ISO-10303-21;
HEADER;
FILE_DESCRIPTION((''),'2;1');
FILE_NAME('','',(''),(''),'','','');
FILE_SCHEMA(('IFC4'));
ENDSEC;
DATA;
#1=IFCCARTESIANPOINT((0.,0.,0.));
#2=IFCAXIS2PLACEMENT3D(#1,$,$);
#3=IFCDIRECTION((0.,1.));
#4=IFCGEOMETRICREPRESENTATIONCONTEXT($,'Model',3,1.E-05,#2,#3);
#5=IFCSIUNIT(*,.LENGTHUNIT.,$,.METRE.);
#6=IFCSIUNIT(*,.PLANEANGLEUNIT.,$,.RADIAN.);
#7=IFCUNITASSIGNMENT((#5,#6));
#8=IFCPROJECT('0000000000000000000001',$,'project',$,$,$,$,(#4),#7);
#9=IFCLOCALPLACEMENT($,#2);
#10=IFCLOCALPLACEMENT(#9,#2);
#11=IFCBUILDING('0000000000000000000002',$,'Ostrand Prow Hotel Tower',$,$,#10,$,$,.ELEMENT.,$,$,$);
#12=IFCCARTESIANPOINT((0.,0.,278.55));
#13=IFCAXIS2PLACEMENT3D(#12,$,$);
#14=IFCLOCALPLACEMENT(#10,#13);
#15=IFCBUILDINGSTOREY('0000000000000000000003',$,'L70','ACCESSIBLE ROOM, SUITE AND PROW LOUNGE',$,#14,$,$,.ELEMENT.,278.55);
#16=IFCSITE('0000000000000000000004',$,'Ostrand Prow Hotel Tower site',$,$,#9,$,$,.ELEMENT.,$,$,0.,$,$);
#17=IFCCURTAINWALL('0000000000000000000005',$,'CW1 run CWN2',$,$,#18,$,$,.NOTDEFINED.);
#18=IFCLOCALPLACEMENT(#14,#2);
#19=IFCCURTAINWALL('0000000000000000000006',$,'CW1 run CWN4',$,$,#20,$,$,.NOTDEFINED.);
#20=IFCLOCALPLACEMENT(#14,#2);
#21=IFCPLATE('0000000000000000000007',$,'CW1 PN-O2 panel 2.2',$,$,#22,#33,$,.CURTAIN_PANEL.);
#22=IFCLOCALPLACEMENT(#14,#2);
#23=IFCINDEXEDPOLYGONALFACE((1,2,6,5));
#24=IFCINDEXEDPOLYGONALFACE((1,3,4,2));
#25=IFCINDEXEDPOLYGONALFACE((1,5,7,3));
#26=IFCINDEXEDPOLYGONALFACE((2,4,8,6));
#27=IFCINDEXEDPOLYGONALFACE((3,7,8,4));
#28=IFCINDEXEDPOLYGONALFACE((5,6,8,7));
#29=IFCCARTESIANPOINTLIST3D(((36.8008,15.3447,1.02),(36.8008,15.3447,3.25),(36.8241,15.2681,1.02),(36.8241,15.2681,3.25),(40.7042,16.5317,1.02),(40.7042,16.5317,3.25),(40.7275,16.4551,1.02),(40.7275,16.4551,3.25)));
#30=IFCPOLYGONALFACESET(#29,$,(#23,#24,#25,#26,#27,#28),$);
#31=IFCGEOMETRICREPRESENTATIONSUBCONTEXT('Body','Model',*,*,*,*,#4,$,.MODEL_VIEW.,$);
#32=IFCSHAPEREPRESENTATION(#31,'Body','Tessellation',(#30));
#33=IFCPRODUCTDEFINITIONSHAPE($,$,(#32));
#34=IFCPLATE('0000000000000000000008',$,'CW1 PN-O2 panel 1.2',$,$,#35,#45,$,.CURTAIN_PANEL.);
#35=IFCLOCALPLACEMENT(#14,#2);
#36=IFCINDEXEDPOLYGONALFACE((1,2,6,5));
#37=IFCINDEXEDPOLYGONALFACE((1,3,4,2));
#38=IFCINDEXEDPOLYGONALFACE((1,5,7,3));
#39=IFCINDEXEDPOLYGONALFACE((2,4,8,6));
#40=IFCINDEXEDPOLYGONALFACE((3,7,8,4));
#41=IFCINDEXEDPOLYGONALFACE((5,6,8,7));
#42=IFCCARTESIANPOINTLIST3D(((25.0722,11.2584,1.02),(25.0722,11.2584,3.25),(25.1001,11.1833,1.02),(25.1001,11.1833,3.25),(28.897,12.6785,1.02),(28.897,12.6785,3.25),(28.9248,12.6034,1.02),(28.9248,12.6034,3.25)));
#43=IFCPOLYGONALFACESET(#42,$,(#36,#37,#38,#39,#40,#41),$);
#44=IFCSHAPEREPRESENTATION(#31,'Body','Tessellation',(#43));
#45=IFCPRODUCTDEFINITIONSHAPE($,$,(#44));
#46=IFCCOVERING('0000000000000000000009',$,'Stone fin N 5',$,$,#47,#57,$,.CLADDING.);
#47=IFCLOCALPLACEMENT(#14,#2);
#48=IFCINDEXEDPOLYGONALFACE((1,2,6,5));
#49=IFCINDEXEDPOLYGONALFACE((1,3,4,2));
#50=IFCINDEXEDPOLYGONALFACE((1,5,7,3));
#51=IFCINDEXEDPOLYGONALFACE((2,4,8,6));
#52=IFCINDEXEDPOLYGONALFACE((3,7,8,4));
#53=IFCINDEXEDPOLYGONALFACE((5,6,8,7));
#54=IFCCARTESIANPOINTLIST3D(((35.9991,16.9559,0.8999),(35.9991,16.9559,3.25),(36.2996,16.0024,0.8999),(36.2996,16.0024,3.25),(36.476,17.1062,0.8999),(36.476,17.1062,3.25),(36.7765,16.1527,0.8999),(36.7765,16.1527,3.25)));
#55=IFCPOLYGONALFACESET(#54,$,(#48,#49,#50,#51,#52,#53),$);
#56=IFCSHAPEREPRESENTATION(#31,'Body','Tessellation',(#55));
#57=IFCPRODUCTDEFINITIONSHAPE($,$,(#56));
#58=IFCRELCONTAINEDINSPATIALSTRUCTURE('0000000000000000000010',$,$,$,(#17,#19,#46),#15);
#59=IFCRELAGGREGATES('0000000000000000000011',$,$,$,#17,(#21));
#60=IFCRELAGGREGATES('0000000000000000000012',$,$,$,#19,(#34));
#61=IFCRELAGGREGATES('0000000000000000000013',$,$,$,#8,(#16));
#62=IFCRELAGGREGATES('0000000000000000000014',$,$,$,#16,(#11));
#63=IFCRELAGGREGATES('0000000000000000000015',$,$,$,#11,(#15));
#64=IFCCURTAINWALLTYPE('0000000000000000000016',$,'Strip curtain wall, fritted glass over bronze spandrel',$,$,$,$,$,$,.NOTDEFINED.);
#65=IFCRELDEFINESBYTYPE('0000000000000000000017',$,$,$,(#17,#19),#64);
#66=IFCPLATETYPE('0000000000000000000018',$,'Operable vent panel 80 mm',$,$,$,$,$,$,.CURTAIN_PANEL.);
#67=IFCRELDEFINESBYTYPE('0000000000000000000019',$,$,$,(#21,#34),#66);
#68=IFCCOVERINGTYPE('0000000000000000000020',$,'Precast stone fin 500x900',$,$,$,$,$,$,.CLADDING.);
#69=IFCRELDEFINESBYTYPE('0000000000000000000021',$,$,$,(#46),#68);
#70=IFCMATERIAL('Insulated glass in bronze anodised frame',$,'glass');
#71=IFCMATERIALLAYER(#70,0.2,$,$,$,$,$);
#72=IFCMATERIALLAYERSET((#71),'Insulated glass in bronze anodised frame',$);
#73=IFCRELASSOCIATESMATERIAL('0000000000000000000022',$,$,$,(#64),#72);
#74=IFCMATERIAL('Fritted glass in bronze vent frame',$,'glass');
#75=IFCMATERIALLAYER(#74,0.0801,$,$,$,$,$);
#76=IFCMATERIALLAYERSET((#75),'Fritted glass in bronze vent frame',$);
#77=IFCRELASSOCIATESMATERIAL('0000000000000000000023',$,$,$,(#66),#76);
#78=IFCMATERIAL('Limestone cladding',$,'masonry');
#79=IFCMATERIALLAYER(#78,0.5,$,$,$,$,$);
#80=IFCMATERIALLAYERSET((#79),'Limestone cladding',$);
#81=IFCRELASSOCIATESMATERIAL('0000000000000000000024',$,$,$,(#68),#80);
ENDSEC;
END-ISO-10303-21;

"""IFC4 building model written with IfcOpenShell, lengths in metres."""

from ifc_helpers import new_model, si_unit, direction, frame, frame_2d, origin, origin_2d, place, context, subcontext, project, spatial, rectangle, extrude, material, layer, layer_set, type_object, element, aggregate, save


model = new_model("IFC4")

# Units and contexts
model_context = context("Model", 3, precision=1e-05, world=origin(), true_north=direction((0.0, 1.0)))
body_context = subcontext(model_context, "Body", "Model", "MODEL_VIEW")
ifc_project = project(units=[si_unit("LENGTHUNIT", "METRE"), si_unit("PLANEANGLEUNIT", "RADIAN")], contexts=[model_context])

# Site, building, storey
site_placement = place(None, origin())
site = spatial("IfcSite", under=ifc_project, at=site_placement, Name="Ostrand Prow Hotel Tower site", CompositionType="ELEMENT", RefElevation=0.0)
building_placement = place(site_placement, origin())
building = spatial("IfcBuilding", under=site, at=building_placement, Name="Ostrand Prow Hotel Tower", CompositionType="ELEMENT")
storey_placement = place(building_placement, frame((0.0, 0.0, 278.55)))
storey = spatial("IfcBuildingStorey", under=building, at=storey_placement, Name="L70", Description="ACCESSIBLE ROOM, SUITE AND PROW LOUNGE", CompositionType="ELEMENT", Elevation=278.55)

# Curtain wall
ifc_material_1 = material(Name="Insulated glass in bronze anodised frame", Category="glass")
ifc_layer_1 = layer(ifc_material_1, 0.2)
ifc_layer_set_1 = layer_set([ifc_layer_1], Name="Insulated glass in bronze anodised frame")
curtain_wall_type = type_object("IfcCurtainWallType", Name="Strip curtain wall, fritted glass over bronze spandrel", PredefinedType="NOTDEFINED", material=ifc_layer_set_1)
curtain_wall_1_placement = place(storey_placement, origin())
curtain_wall_1 = element("IfcCurtainWall", 1, at=curtain_wall_1_placement, inside=storey, type_object=curtain_wall_type, Name="CW1 run CWN2", PredefinedType="NOTDEFINED")

# Curtain wall
curtain_wall_2_placement = place(storey_placement, origin())
curtain_wall_2 = element("IfcCurtainWall", 2, at=curtain_wall_2_placement, inside=storey, type_object=curtain_wall_type, Name="CW1 run CWN4", PredefinedType="NOTDEFINED")

# Plates
ifc_material_2 = material(Name="Fritted glass in bronze vent frame", Category="glass")
ifc_layer_2 = layer(ifc_material_2, 0.0801)
ifc_layer_set_2 = layer_set([ifc_layer_2], Name="Fritted glass in bronze vent frame")
plate_type_1 = type_object("IfcPlateType", Name="Operable vent panel 80 mm", PredefinedType="CURTAIN_PANEL", material=ifc_layer_set_2)
plate_1_placement = place(storey_placement, frame((38.7642, 15.8999, 1.02), z_axis=(0.0, 0.0, 1.0), x_axis=(-0.956742, -0.290938, 0.0)))
plate_1 = element("IfcPlate", 3, at=plate_1_placement, type_object=plate_type_1, Name="CW1 PN-O2 panel 2.2", PredefinedType="CURTAIN_PANEL", context=body_context, shape_type="SweptSolid", body=[
    extrude(rectangle(XDim=4.0798, YDim=0.0801, at=origin_2d()), origin(), (0.0, 0.0, 1.0), 2.23),
])
aggregate(curtain_wall_1, [plate_1])
plate_2_placement = place(storey_placement, frame((26.9985, 11.9309, 1.02), z_axis=(0.0, 0.0, 1.0), x_axis=(-0.937468, -0.348071, 0.0)))
plate_2 = element("IfcPlate", 4, at=plate_2_placement, type_object=plate_type_1, Name="CW1 PN-O2 panel 1.2", PredefinedType="CURTAIN_PANEL", context=body_context, shape_type="SweptSolid", body=[
    extrude(rectangle(XDim=4.0798, YDim=0.0801, at=origin_2d()), origin(), (0.0, 0.0, 1.0), 2.23),
])
aggregate(curtain_wall_2, [plate_2])

# Covering
ifc_material_3 = material(Name="Limestone cladding", Category="masonry")
ifc_layer_3 = layer(ifc_material_3, 0.5)
ifc_layer_set_3 = layer_set([ifc_layer_3], Name="Limestone cladding")
covering_type = type_object("IfcCoveringType", Name="Precast stone fin 500x900", PredefinedType="CLADDING", material=ifc_layer_set_3)
covering_placement = place(storey_placement, frame((36.5381, 16.0774, 0.8999), z_axis=(0.0, 0.0, 1.0), x_axis=(-0.300582, 0.953756, 0.0)))
element("IfcCovering", 5, at=covering_placement, inside=storey, type_object=covering_type, Name="Stone fin N 5", PredefinedType="CLADDING", context=body_context, shape_type="SweptSolid", body=[
    extrude(rectangle(XDim=0.9998, YDim=0.5, at=frame_2d((0.5, 0.0))), origin(), (0.0, 0.0, 1.0), 2.3501),
])

save(model, "model.ifc")
